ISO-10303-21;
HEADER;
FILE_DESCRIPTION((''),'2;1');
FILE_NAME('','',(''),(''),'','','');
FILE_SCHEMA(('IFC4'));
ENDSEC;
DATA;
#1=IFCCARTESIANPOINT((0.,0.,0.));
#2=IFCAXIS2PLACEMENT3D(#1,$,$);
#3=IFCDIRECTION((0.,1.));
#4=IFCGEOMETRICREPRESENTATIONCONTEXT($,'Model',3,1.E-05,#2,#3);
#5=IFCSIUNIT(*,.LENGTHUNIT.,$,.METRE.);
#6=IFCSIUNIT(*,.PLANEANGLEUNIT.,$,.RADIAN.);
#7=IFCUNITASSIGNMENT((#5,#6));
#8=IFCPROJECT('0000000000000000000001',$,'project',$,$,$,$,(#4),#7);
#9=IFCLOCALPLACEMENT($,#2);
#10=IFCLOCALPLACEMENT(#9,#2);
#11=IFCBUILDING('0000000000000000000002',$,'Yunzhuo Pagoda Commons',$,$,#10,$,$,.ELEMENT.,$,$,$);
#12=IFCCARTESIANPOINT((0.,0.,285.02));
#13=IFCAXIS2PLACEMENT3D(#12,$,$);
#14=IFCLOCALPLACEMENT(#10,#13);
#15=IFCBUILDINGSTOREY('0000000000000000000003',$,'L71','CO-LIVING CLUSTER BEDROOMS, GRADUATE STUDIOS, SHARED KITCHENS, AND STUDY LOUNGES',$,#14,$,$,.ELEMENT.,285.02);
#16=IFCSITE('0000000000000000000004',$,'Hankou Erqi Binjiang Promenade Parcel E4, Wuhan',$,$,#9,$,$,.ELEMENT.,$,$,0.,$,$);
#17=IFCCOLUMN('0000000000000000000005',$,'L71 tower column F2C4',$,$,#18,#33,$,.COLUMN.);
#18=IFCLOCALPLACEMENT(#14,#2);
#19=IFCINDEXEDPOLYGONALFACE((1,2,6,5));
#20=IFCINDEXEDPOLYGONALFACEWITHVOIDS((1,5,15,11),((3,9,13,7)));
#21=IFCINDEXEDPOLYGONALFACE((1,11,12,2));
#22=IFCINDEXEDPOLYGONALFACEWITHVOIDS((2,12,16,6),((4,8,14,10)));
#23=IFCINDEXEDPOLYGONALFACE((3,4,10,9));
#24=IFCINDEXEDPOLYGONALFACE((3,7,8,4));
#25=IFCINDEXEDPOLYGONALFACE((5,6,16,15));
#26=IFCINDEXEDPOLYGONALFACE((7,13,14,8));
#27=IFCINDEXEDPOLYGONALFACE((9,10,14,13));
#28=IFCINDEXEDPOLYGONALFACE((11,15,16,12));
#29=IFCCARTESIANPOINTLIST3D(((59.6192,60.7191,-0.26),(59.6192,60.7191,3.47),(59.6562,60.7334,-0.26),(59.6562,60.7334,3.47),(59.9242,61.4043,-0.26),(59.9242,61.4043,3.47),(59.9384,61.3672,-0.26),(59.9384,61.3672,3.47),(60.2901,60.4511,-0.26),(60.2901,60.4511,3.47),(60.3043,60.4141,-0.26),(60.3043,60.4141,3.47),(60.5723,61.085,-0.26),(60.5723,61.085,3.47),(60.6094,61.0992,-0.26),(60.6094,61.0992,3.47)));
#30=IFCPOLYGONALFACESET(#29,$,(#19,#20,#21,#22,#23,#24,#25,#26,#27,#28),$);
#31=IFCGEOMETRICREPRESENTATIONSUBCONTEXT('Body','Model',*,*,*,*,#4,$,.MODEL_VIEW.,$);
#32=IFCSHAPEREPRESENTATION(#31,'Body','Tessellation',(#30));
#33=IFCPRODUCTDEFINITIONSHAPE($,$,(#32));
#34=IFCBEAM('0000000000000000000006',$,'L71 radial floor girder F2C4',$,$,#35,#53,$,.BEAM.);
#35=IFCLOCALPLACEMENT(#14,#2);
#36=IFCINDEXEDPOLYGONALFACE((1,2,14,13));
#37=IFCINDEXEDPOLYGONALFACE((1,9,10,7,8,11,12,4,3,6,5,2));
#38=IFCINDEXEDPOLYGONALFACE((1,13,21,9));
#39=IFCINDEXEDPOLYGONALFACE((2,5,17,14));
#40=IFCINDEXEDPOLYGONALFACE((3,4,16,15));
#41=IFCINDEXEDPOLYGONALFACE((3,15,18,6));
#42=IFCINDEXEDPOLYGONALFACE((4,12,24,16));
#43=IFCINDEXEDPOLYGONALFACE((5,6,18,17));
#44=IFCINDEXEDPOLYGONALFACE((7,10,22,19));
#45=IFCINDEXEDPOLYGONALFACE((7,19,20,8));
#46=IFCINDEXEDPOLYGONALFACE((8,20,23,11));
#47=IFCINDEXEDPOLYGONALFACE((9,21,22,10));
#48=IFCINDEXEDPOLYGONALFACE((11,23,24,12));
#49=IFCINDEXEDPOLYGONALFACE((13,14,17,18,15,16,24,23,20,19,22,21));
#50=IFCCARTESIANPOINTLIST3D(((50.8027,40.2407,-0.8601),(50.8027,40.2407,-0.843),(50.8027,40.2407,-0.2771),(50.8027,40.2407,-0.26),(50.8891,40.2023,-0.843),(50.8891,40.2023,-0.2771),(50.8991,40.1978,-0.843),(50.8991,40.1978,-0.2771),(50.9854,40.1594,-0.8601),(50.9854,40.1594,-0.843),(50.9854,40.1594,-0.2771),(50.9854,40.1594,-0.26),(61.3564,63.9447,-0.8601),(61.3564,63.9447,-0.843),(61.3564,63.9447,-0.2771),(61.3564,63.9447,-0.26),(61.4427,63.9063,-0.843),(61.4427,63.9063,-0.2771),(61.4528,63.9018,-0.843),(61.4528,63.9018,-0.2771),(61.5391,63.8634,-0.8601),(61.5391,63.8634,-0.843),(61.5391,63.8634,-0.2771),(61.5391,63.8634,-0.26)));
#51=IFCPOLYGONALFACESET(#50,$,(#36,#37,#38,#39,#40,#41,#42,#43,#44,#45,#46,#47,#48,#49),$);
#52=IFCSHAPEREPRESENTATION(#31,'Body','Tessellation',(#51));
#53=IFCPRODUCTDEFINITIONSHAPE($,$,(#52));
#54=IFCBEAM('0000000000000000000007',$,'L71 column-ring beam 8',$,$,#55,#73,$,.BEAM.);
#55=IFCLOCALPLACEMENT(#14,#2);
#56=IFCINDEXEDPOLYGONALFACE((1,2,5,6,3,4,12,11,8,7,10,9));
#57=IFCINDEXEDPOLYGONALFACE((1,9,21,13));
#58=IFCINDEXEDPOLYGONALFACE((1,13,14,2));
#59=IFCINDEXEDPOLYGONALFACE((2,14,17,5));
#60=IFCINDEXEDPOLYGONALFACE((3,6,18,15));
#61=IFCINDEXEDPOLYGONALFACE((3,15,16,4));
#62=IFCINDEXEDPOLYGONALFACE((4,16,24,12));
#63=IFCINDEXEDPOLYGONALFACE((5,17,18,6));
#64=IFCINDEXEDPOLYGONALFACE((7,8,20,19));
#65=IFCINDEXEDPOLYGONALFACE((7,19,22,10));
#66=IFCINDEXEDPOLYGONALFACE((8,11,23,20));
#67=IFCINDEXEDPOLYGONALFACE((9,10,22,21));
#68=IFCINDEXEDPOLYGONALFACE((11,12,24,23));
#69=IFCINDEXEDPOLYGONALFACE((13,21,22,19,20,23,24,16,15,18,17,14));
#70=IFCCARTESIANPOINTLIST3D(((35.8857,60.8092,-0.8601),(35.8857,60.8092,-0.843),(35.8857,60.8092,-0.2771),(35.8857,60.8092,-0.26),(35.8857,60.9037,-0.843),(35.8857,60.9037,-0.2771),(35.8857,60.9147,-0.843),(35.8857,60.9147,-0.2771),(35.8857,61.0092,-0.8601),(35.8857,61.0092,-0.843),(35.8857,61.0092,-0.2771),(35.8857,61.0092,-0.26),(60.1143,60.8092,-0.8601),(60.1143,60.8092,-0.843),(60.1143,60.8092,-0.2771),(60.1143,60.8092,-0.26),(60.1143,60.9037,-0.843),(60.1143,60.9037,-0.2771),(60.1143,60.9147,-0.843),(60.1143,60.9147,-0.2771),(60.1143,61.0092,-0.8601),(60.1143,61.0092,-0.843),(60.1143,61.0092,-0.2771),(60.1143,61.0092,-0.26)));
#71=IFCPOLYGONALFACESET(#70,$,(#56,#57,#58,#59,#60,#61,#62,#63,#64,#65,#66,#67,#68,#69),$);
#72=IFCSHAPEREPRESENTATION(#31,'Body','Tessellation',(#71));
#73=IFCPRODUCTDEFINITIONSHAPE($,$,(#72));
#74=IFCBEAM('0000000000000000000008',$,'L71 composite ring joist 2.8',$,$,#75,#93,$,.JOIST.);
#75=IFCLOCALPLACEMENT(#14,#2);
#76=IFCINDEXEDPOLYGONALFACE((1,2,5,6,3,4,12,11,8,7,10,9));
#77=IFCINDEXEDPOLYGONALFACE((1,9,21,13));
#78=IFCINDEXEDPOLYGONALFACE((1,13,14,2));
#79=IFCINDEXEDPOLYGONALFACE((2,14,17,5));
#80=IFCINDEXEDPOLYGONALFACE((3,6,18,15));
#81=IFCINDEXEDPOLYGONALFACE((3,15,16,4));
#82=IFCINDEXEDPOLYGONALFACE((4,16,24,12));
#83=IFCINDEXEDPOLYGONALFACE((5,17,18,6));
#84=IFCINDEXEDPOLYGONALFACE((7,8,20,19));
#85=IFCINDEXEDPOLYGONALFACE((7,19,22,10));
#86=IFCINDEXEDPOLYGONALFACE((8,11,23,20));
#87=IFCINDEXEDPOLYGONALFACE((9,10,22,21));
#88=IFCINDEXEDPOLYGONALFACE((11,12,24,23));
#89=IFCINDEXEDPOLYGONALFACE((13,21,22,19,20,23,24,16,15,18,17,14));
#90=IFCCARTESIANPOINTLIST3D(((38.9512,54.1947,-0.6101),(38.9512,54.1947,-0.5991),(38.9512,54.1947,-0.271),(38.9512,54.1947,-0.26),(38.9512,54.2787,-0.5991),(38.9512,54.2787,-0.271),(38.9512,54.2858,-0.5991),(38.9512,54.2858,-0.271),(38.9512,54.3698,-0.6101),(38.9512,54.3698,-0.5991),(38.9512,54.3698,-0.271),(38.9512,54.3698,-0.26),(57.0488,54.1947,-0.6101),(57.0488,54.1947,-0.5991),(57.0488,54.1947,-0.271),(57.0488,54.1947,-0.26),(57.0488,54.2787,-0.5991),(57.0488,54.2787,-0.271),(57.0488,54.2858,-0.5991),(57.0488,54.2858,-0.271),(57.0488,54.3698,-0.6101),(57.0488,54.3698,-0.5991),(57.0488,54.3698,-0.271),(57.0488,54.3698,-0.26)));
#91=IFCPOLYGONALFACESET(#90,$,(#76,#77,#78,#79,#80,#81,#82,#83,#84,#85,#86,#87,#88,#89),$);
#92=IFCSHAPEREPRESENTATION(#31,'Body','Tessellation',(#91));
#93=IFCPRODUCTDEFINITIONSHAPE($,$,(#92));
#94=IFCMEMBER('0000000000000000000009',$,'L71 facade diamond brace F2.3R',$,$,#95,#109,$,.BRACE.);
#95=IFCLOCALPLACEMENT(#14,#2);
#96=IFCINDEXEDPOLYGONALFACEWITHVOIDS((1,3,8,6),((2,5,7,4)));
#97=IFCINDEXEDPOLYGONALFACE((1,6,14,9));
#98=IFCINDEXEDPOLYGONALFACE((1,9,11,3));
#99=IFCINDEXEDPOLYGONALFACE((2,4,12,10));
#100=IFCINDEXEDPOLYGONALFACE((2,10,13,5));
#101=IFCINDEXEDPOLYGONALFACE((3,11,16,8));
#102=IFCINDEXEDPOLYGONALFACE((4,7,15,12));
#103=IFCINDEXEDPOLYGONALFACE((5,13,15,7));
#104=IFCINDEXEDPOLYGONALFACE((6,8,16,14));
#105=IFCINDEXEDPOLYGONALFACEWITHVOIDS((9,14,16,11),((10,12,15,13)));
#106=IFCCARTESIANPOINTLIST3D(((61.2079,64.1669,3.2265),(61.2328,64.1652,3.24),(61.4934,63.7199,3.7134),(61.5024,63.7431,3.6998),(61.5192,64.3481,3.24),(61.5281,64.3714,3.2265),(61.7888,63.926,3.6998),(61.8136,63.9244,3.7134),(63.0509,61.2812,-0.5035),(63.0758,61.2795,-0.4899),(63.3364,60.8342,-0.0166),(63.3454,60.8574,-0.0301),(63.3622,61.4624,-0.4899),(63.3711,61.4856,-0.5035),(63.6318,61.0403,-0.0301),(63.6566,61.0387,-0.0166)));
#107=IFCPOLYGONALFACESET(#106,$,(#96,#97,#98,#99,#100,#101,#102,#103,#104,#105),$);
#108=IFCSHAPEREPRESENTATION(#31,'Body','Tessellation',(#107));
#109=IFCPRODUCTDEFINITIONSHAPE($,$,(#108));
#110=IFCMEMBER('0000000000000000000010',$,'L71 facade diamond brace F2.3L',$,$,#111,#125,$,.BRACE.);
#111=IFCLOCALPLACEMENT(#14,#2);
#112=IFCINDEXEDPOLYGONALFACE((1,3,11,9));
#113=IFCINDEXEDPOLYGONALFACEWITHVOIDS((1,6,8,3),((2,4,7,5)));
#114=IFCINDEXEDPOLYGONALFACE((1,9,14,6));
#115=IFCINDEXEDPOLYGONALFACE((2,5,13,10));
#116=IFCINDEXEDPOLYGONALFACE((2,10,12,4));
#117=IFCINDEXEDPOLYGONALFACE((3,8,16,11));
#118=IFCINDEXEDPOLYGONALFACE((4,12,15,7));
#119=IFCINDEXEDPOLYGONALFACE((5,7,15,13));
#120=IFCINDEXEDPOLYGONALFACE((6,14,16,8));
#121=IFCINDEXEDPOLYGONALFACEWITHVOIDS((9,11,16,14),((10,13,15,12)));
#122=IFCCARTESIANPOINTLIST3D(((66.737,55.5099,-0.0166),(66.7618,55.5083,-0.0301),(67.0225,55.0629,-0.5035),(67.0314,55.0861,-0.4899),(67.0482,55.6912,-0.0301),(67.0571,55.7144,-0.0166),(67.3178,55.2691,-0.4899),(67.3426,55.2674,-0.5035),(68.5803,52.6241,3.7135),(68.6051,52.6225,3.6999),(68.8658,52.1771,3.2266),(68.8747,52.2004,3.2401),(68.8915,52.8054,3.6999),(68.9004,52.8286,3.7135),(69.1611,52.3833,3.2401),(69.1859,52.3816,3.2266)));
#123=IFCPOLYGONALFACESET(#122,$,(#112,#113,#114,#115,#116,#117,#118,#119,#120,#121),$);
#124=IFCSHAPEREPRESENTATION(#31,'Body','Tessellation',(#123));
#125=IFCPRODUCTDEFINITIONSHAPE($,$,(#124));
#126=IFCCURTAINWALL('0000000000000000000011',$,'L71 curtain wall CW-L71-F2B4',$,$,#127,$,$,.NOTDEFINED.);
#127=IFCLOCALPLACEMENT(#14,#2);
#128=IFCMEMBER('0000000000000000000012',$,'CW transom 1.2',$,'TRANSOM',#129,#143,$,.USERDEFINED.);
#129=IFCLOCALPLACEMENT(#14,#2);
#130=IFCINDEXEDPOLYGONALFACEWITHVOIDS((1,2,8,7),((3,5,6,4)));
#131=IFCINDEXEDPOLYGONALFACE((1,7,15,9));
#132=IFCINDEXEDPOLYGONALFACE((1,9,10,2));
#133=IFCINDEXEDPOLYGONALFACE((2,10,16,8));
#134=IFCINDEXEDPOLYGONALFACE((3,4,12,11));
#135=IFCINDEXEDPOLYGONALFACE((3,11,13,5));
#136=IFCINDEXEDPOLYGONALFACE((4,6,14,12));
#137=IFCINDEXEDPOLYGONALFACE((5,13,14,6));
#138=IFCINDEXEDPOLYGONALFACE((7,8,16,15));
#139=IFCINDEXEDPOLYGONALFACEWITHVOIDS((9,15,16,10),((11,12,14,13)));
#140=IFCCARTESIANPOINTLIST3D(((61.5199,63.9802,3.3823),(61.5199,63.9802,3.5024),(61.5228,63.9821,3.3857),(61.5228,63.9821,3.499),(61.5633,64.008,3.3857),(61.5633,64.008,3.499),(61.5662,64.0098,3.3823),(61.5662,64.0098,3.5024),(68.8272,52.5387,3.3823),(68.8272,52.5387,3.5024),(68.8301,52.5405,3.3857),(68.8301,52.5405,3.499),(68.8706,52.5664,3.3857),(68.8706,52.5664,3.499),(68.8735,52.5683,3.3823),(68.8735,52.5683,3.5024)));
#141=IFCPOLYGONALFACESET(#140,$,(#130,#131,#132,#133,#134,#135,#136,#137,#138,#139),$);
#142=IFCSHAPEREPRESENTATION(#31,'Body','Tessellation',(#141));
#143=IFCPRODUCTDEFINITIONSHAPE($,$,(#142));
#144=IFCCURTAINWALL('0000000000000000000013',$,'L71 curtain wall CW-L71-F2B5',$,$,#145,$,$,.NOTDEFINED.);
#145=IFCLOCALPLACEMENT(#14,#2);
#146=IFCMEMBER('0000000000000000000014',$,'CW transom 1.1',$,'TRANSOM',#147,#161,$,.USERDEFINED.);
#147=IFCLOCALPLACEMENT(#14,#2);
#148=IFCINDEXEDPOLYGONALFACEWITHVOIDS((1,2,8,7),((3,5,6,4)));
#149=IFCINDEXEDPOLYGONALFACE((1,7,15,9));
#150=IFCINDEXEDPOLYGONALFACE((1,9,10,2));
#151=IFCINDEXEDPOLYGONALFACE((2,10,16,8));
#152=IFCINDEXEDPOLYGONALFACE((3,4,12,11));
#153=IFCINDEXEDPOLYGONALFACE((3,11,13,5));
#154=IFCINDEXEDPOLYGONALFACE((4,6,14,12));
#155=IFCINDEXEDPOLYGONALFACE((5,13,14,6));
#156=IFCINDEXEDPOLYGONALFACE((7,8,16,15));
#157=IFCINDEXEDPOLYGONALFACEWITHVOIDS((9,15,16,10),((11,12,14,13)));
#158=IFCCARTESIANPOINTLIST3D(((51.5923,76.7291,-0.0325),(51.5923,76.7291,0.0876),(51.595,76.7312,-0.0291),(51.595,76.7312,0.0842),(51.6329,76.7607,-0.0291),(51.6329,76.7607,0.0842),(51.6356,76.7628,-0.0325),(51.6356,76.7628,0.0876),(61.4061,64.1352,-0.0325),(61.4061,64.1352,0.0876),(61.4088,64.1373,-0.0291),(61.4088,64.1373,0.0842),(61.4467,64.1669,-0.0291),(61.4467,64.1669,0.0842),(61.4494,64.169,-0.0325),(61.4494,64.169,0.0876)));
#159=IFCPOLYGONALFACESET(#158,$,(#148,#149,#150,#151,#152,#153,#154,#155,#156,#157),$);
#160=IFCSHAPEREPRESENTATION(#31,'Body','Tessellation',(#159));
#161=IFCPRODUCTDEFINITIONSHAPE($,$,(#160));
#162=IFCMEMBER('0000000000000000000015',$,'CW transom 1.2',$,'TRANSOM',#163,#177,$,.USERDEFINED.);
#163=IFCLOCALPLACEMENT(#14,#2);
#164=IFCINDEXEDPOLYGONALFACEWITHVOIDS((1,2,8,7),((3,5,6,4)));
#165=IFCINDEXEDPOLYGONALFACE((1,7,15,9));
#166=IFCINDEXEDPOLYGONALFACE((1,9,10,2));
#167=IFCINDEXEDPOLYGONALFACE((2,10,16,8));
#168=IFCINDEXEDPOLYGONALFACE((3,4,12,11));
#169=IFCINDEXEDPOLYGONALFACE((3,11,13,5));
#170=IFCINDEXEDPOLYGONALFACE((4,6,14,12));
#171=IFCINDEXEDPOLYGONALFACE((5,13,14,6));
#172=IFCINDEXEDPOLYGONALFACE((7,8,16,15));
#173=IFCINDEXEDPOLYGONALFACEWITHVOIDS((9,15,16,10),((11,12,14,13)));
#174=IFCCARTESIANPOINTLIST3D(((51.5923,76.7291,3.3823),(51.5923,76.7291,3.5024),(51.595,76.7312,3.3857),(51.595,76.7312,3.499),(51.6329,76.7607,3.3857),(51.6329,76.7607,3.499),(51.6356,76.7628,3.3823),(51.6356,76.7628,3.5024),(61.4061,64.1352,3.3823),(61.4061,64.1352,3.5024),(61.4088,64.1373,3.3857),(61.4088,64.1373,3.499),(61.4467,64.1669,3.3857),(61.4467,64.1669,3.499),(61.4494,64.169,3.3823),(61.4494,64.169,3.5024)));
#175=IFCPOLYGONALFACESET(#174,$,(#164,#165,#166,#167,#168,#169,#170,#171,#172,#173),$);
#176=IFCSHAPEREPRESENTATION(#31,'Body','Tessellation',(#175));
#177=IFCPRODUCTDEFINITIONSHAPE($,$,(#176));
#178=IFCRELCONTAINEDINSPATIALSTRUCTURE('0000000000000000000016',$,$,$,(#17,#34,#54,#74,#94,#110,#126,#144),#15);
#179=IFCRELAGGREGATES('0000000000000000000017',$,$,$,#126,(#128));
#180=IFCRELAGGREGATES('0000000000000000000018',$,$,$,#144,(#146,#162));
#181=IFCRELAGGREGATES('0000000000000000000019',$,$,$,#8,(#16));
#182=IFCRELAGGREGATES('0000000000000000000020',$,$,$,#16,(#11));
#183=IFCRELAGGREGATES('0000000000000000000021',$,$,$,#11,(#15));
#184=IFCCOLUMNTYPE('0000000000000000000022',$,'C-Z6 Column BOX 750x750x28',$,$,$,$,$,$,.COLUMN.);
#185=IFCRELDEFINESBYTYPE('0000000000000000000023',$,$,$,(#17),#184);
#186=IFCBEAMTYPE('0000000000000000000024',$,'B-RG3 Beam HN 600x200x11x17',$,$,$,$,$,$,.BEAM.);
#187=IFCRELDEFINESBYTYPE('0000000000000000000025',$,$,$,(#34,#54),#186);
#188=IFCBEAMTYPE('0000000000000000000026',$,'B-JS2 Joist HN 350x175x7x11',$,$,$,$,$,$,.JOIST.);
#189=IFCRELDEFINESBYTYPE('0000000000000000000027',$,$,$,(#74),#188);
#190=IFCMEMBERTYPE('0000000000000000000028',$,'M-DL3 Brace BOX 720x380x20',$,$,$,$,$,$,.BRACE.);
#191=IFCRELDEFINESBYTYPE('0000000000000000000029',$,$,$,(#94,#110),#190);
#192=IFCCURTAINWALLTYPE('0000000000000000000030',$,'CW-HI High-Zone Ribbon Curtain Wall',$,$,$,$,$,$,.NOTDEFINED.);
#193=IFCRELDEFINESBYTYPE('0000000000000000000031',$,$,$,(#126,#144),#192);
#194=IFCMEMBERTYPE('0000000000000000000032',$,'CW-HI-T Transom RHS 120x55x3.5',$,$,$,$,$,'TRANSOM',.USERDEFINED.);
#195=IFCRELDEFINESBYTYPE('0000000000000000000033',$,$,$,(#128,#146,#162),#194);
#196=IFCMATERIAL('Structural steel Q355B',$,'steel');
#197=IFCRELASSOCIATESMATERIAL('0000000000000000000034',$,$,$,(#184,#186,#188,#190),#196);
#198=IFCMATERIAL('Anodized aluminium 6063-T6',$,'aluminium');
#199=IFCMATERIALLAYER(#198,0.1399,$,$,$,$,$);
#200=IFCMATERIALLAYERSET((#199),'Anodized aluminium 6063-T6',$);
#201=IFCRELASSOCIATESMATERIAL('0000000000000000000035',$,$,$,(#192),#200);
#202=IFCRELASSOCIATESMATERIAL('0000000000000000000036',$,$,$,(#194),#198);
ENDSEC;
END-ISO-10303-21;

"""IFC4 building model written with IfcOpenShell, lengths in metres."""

from ifc_helpers import new_model, si_unit, direction, frame, origin, origin_2d, place, context, subcontext, project, spatial, hollow_rectangle, i_section, extrude, source, transform, mapped, material, layer, layer_set, material_profile, profile_set, type_object, element, aggregate, save


model = new_model("IFC4")

# Units and contexts
model_context = context("Model", 3, precision=1e-05, world=origin(), true_north=direction((0.0, 1.0)))
body_context = subcontext(model_context, "Body", "Model", "MODEL_VIEW")
ifc_project = project(units=[si_unit("LENGTHUNIT", "METRE"), si_unit("PLANEANGLEUNIT", "RADIAN")], contexts=[model_context])

# Site, building, storey
site_placement = place(None, origin())
site = spatial("IfcSite", under=ifc_project, at=site_placement, Name="Hankou Erqi Binjiang Promenade Parcel E4, Wuhan", CompositionType="ELEMENT", RefElevation=0.0)
building_placement = place(site_placement, origin())
building = spatial("IfcBuilding", under=site, at=building_placement, Name="Yunzhuo Pagoda Commons", CompositionType="ELEMENT")
storey_placement = place(building_placement, frame((0.0, 0.0, 285.02)))
storey = spatial("IfcBuildingStorey", under=building, at=storey_placement, Name="L71", Description="CO-LIVING CLUSTER BEDROOMS, GRADUATE STUDIOS, SHARED KITCHENS, AND STUDY LOUNGES", CompositionType="ELEMENT", Elevation=285.02)

# Column
ifc_material_1 = material(Name="Structural steel Q355B", Category="steel")
ifc_material_profile_1 = material_profile(ifc_material_1, hollow_rectangle(XDim=0.75, YDim=0.75, WallThickness=0.0281, at=origin_2d()), Name="Structural steel Q355B")
ifc_profile_set_1 = profile_set([ifc_material_profile_1], Name="Structural steel Q355B")
column_type = type_object("IfcColumnType", Name="C-Z6 Column BOX 750x750x28", PredefinedType="COLUMN", material=ifc_profile_set_1)
shared_shape_1 = source(origin(), body_context, "Body", "SweptSolid", [
    extrude(hollow_rectangle(XDim=0.75, YDim=0.75, WallThickness=0.0281, at=origin_2d()), origin(), (0.0, 0.0, 1.0), 3.73),
])
column_placement = place(storey_placement, frame((60.1143, 60.9092, -0.26), z_axis=(0.0, 0.0, 1.0), x_axis=(-0.913545, 0.406737, 0.0)))
element("IfcColumn", 1, at=column_placement, inside=storey, type_object=column_type, Name="L71 tower column F2C4", PredefinedType="COLUMN", context=body_context, shape_type="MappedRepresentation", body=[
    mapped(shared_shape_1, transform((0.0, 0.0, 0.0), scale=1.0)),
])

# Beams
ifc_material_profile_2 = material_profile(ifc_material_1, i_section(OverallWidth=0.2, OverallDepth=0.6001, WebThickness=0.011, FlangeThickness=0.0171, at=origin_2d()), Name="Structural steel Q355B")
ifc_profile_set_2 = profile_set([ifc_material_profile_2], Name="Structural steel Q355B")
beam_type_1 = type_object("IfcBeamType", Name="B-RG3 Beam HN 600x200x11x17", PredefinedType="BEAM", material=ifc_profile_set_2)
shared_shape_2 = source(origin(), body_context, "Body", "SweptSolid", [
    extrude(i_section(OverallWidth=0.2, OverallDepth=0.6001, WebThickness=0.011, FlangeThickness=0.0171, at=origin_2d()), origin(), (0.0, 0.0, 1.0), 25.9473),
])
beam_1_placement = place(storey_placement, frame((61.4478, 63.9041, -0.5601), z_axis=(-0.406736, -0.913546, 0.0), x_axis=(0.913546, -0.406736, 0.0)))
element("IfcBeam", 2, at=beam_1_placement, inside=storey, type_object=beam_type_1, Name="L71 radial floor girder F2C4", PredefinedType="BEAM", context=body_context, shape_type="MappedRepresentation", body=[
    mapped(shared_shape_2, transform((0.0, 0.0, 0.0), scale=1.0)),
])
shared_shape_3 = source(origin(), body_context, "Body", "SweptSolid", [
    extrude(i_section(OverallWidth=0.2, OverallDepth=0.6001, WebThickness=0.011, FlangeThickness=0.0171, at=origin_2d()), origin(), (0.0, 0.0, 1.0), 24.2285),
])
beam_2_placement = place(storey_placement, frame((60.1143, 60.9092, -0.5601), z_axis=(-1.0, 0.0, 0.0), x_axis=(0.0, -1.0, 0.0)))
element("IfcBeam", 3, at=beam_2_placement, inside=storey, type_object=beam_type_1, Name="L71 column-ring beam 8", PredefinedType="BEAM", context=body_context, shape_type="MappedRepresentation", body=[
    mapped(shared_shape_3, transform((0.0, 0.0, 0.0), scale=1.0)),
])
ifc_material_profile_3 = material_profile(ifc_material_1, i_section(OverallWidth=0.175, OverallDepth=0.3501, WebThickness=0.0071, FlangeThickness=0.011, at=origin_2d()), Name="Structural steel Q355B")
ifc_profile_set_3 = profile_set([ifc_material_profile_3], Name="Structural steel Q355B")
beam_type_2 = type_object("IfcBeamType", Name="B-JS2 Joist HN 350x175x7x11", PredefinedType="JOIST", material=ifc_profile_set_3)
shared_shape_4 = source(origin(), body_context, "Body", "SweptSolid", [
    extrude(i_section(OverallWidth=0.175, OverallDepth=0.3501, WebThickness=0.0071, FlangeThickness=0.011, at=origin_2d()), origin(), (0.0, 0.0, 1.0), 18.0977),
])
beam_3_placement = place(storey_placement, frame((57.0488, 54.2822, -0.4351), z_axis=(-1.0, 0.0, 0.0), x_axis=(0.0, -1.0, 0.0)))
element("IfcBeam", 4, at=beam_3_placement, inside=storey, type_object=beam_type_2, Name="L71 composite ring joist 2.8", PredefinedType="JOIST", context=body_context, shape_type="MappedRepresentation", body=[
    mapped(shared_shape_4, transform((0.0, 0.0, 0.0), scale=1.0)),
])

# Members
ifc_material_profile_4 = material_profile(ifc_material_1, hollow_rectangle(XDim=0.3799, YDim=0.72, WallThickness=0.02, at=origin_2d()), Name="Structural steel Q355B")
ifc_profile_set_4 = profile_set([ifc_material_profile_4], Name="Structural steel Q355B")
member_type_1 = type_object("IfcMemberType", Name="M-DL3 Brace BOX 720x380x20", PredefinedType="BRACE", material=ifc_profile_set_4)
shared_shape_5 = source(origin(), body_context, "Body", "SweptSolid", [
    extrude(hollow_rectangle(XDim=0.3799, YDim=0.72, WallThickness=0.02, at=origin_2d()), origin(), (0.0, 0.0, 1.0), 5.0632),
])
member_1_placement = place(storey_placement, frame((63.3538, 61.1599, -0.26), z_axis=(-0.363996, 0.569933, 0.73667), x_axis=(-0.842783, -0.538254, 0.0)))
element("IfcMember", 5, at=member_1_placement, inside=storey, type_object=member_type_1, Name="L71 facade diamond brace F2.3R", PredefinedType="BRACE", context=body_context, shape_type="MappedRepresentation", body=[
    mapped(shared_shape_5, transform((0.0, 0.0, 0.0), scale=1.0)),
])
shared_shape_6 = source(origin(), body_context, "Body", "SweptSolid", [
    extrude(hollow_rectangle(XDim=0.3799, YDim=0.72, WallThickness=0.02, at=origin_2d()), origin(), (0.0, 0.0, 1.0), 5.0635),
])
member_2_placement = place(storey_placement, frame((67.0398, 55.3887, -0.26), z_axis=(0.364037, -0.569923, 0.736657), x_axis=(0.84275, 0.538305, 0.0)))
element("IfcMember", 6, at=member_2_placement, inside=storey, type_object=member_type_1, Name="L71 facade diamond brace F2.3L", PredefinedType="BRACE", context=body_context, shape_type="MappedRepresentation", body=[
    mapped(shared_shape_6, transform((0.0, 0.0, 0.0), scale=1.0)),
])

# Curtain wall, member
ifc_material_2 = material(Name="Anodized aluminium 6063-T6", Category="aluminium")
ifc_layer_1 = layer(ifc_material_2, 0.1399)
ifc_layer_set_1 = layer_set([ifc_layer_1], Name="Anodized aluminium 6063-T6")
curtain_wall_type = type_object("IfcCurtainWallType", Name="CW-HI High-Zone Ribbon Curtain Wall", PredefinedType="NOTDEFINED", material=ifc_layer_set_1)
curtain_wall_1_placement = place(storey_placement, origin())
curtain_wall_1 = element("IfcCurtainWall", 7, at=curtain_wall_1_placement, inside=storey, type_object=curtain_wall_type, Name="L71 curtain wall CW-L71-F2B4", PredefinedType="NOTDEFINED")
ifc_material_profile_5 = material_profile(ifc_material_2, hollow_rectangle(XDim=0.0549, YDim=0.1201, WallThickness=0.0034, at=origin_2d()), Name="Anodized aluminium 6063-T6")
ifc_profile_set_5 = profile_set([ifc_material_profile_5], Name="Anodized aluminium 6063-T6")
member_type_2 = type_object("IfcMemberType", Name="CW-HI-T Transom RHS 120x55x3.5", ElementType="TRANSOM", PredefinedType="USERDEFINED", material=ifc_profile_set_5)
shared_shape_7 = source(origin(), body_context, "Body", "SweptSolid", [
    extrude(hollow_rectangle(XDim=0.0549, YDim=0.1201, WallThickness=0.0034, at=origin_2d()), origin(), (0.0, 0.0, 1.0), 13.5759),
])
member_3_placement = place(storey_placement, frame((68.8503, 52.5535, 3.4424), z_axis=(-0.538255, 0.842782, 0.0), x_axis=(-0.842782, -0.538255, 0.0)))
member_3 = element("IfcMember", 8, at=member_3_placement, type_object=member_type_2, Name="CW transom 1.2", ObjectType="TRANSOM", PredefinedType="USERDEFINED", context=body_context, shape_type="MappedRepresentation", body=[
    mapped(shared_shape_7, transform((0.0, 0.0, 0.0), scale=1.0)),
])

# Curtain wall, members
curtain_wall_2_placement = place(storey_placement, origin())
curtain_wall_2 = element("IfcCurtainWall", 9, at=curtain_wall_2_placement, inside=storey, type_object=curtain_wall_type, Name="L71 curtain wall CW-L71-F2B5", PredefinedType="NOTDEFINED")
shared_shape_8 = source(origin(), body_context, "Body", "SweptSolid", [
    extrude(hollow_rectangle(XDim=0.0549, YDim=0.1201, WallThickness=0.0034, at=origin_2d()), origin(), (0.0, 0.0, 1.0), 15.9661),
])
member_4_placement = place(storey_placement, frame((61.4277, 64.1521, 0.0276), z_axis=(-0.614666, 0.788788, 0.0), x_axis=(-0.788788, -0.614666, 0.0)))
member_4 = element("IfcMember", 10, at=member_4_placement, type_object=member_type_2, Name="CW transom 1.1", ObjectType="TRANSOM", PredefinedType="USERDEFINED", context=body_context, shape_type="MappedRepresentation", body=[
    mapped(shared_shape_8, transform((0.0, 0.0, 0.0), scale=1.0)),
])
member_5_placement = place(storey_placement, frame((61.4277, 64.1521, 3.4424), z_axis=(-0.614666, 0.788788, 0.0), x_axis=(-0.788788, -0.614666, 0.0)))
member_5 = element("IfcMember", 11, at=member_5_placement, type_object=member_type_2, Name="CW transom 1.2", ObjectType="TRANSOM", PredefinedType="USERDEFINED", context=body_context, shape_type="MappedRepresentation", body=[
    mapped(shared_shape_8, transform((0.0, 0.0, 0.0), scale=1.0)),
])

aggregate(curtain_wall_1, [member_3])
aggregate(curtain_wall_2, [member_4, member_5])

save(model, "model.ifc")
